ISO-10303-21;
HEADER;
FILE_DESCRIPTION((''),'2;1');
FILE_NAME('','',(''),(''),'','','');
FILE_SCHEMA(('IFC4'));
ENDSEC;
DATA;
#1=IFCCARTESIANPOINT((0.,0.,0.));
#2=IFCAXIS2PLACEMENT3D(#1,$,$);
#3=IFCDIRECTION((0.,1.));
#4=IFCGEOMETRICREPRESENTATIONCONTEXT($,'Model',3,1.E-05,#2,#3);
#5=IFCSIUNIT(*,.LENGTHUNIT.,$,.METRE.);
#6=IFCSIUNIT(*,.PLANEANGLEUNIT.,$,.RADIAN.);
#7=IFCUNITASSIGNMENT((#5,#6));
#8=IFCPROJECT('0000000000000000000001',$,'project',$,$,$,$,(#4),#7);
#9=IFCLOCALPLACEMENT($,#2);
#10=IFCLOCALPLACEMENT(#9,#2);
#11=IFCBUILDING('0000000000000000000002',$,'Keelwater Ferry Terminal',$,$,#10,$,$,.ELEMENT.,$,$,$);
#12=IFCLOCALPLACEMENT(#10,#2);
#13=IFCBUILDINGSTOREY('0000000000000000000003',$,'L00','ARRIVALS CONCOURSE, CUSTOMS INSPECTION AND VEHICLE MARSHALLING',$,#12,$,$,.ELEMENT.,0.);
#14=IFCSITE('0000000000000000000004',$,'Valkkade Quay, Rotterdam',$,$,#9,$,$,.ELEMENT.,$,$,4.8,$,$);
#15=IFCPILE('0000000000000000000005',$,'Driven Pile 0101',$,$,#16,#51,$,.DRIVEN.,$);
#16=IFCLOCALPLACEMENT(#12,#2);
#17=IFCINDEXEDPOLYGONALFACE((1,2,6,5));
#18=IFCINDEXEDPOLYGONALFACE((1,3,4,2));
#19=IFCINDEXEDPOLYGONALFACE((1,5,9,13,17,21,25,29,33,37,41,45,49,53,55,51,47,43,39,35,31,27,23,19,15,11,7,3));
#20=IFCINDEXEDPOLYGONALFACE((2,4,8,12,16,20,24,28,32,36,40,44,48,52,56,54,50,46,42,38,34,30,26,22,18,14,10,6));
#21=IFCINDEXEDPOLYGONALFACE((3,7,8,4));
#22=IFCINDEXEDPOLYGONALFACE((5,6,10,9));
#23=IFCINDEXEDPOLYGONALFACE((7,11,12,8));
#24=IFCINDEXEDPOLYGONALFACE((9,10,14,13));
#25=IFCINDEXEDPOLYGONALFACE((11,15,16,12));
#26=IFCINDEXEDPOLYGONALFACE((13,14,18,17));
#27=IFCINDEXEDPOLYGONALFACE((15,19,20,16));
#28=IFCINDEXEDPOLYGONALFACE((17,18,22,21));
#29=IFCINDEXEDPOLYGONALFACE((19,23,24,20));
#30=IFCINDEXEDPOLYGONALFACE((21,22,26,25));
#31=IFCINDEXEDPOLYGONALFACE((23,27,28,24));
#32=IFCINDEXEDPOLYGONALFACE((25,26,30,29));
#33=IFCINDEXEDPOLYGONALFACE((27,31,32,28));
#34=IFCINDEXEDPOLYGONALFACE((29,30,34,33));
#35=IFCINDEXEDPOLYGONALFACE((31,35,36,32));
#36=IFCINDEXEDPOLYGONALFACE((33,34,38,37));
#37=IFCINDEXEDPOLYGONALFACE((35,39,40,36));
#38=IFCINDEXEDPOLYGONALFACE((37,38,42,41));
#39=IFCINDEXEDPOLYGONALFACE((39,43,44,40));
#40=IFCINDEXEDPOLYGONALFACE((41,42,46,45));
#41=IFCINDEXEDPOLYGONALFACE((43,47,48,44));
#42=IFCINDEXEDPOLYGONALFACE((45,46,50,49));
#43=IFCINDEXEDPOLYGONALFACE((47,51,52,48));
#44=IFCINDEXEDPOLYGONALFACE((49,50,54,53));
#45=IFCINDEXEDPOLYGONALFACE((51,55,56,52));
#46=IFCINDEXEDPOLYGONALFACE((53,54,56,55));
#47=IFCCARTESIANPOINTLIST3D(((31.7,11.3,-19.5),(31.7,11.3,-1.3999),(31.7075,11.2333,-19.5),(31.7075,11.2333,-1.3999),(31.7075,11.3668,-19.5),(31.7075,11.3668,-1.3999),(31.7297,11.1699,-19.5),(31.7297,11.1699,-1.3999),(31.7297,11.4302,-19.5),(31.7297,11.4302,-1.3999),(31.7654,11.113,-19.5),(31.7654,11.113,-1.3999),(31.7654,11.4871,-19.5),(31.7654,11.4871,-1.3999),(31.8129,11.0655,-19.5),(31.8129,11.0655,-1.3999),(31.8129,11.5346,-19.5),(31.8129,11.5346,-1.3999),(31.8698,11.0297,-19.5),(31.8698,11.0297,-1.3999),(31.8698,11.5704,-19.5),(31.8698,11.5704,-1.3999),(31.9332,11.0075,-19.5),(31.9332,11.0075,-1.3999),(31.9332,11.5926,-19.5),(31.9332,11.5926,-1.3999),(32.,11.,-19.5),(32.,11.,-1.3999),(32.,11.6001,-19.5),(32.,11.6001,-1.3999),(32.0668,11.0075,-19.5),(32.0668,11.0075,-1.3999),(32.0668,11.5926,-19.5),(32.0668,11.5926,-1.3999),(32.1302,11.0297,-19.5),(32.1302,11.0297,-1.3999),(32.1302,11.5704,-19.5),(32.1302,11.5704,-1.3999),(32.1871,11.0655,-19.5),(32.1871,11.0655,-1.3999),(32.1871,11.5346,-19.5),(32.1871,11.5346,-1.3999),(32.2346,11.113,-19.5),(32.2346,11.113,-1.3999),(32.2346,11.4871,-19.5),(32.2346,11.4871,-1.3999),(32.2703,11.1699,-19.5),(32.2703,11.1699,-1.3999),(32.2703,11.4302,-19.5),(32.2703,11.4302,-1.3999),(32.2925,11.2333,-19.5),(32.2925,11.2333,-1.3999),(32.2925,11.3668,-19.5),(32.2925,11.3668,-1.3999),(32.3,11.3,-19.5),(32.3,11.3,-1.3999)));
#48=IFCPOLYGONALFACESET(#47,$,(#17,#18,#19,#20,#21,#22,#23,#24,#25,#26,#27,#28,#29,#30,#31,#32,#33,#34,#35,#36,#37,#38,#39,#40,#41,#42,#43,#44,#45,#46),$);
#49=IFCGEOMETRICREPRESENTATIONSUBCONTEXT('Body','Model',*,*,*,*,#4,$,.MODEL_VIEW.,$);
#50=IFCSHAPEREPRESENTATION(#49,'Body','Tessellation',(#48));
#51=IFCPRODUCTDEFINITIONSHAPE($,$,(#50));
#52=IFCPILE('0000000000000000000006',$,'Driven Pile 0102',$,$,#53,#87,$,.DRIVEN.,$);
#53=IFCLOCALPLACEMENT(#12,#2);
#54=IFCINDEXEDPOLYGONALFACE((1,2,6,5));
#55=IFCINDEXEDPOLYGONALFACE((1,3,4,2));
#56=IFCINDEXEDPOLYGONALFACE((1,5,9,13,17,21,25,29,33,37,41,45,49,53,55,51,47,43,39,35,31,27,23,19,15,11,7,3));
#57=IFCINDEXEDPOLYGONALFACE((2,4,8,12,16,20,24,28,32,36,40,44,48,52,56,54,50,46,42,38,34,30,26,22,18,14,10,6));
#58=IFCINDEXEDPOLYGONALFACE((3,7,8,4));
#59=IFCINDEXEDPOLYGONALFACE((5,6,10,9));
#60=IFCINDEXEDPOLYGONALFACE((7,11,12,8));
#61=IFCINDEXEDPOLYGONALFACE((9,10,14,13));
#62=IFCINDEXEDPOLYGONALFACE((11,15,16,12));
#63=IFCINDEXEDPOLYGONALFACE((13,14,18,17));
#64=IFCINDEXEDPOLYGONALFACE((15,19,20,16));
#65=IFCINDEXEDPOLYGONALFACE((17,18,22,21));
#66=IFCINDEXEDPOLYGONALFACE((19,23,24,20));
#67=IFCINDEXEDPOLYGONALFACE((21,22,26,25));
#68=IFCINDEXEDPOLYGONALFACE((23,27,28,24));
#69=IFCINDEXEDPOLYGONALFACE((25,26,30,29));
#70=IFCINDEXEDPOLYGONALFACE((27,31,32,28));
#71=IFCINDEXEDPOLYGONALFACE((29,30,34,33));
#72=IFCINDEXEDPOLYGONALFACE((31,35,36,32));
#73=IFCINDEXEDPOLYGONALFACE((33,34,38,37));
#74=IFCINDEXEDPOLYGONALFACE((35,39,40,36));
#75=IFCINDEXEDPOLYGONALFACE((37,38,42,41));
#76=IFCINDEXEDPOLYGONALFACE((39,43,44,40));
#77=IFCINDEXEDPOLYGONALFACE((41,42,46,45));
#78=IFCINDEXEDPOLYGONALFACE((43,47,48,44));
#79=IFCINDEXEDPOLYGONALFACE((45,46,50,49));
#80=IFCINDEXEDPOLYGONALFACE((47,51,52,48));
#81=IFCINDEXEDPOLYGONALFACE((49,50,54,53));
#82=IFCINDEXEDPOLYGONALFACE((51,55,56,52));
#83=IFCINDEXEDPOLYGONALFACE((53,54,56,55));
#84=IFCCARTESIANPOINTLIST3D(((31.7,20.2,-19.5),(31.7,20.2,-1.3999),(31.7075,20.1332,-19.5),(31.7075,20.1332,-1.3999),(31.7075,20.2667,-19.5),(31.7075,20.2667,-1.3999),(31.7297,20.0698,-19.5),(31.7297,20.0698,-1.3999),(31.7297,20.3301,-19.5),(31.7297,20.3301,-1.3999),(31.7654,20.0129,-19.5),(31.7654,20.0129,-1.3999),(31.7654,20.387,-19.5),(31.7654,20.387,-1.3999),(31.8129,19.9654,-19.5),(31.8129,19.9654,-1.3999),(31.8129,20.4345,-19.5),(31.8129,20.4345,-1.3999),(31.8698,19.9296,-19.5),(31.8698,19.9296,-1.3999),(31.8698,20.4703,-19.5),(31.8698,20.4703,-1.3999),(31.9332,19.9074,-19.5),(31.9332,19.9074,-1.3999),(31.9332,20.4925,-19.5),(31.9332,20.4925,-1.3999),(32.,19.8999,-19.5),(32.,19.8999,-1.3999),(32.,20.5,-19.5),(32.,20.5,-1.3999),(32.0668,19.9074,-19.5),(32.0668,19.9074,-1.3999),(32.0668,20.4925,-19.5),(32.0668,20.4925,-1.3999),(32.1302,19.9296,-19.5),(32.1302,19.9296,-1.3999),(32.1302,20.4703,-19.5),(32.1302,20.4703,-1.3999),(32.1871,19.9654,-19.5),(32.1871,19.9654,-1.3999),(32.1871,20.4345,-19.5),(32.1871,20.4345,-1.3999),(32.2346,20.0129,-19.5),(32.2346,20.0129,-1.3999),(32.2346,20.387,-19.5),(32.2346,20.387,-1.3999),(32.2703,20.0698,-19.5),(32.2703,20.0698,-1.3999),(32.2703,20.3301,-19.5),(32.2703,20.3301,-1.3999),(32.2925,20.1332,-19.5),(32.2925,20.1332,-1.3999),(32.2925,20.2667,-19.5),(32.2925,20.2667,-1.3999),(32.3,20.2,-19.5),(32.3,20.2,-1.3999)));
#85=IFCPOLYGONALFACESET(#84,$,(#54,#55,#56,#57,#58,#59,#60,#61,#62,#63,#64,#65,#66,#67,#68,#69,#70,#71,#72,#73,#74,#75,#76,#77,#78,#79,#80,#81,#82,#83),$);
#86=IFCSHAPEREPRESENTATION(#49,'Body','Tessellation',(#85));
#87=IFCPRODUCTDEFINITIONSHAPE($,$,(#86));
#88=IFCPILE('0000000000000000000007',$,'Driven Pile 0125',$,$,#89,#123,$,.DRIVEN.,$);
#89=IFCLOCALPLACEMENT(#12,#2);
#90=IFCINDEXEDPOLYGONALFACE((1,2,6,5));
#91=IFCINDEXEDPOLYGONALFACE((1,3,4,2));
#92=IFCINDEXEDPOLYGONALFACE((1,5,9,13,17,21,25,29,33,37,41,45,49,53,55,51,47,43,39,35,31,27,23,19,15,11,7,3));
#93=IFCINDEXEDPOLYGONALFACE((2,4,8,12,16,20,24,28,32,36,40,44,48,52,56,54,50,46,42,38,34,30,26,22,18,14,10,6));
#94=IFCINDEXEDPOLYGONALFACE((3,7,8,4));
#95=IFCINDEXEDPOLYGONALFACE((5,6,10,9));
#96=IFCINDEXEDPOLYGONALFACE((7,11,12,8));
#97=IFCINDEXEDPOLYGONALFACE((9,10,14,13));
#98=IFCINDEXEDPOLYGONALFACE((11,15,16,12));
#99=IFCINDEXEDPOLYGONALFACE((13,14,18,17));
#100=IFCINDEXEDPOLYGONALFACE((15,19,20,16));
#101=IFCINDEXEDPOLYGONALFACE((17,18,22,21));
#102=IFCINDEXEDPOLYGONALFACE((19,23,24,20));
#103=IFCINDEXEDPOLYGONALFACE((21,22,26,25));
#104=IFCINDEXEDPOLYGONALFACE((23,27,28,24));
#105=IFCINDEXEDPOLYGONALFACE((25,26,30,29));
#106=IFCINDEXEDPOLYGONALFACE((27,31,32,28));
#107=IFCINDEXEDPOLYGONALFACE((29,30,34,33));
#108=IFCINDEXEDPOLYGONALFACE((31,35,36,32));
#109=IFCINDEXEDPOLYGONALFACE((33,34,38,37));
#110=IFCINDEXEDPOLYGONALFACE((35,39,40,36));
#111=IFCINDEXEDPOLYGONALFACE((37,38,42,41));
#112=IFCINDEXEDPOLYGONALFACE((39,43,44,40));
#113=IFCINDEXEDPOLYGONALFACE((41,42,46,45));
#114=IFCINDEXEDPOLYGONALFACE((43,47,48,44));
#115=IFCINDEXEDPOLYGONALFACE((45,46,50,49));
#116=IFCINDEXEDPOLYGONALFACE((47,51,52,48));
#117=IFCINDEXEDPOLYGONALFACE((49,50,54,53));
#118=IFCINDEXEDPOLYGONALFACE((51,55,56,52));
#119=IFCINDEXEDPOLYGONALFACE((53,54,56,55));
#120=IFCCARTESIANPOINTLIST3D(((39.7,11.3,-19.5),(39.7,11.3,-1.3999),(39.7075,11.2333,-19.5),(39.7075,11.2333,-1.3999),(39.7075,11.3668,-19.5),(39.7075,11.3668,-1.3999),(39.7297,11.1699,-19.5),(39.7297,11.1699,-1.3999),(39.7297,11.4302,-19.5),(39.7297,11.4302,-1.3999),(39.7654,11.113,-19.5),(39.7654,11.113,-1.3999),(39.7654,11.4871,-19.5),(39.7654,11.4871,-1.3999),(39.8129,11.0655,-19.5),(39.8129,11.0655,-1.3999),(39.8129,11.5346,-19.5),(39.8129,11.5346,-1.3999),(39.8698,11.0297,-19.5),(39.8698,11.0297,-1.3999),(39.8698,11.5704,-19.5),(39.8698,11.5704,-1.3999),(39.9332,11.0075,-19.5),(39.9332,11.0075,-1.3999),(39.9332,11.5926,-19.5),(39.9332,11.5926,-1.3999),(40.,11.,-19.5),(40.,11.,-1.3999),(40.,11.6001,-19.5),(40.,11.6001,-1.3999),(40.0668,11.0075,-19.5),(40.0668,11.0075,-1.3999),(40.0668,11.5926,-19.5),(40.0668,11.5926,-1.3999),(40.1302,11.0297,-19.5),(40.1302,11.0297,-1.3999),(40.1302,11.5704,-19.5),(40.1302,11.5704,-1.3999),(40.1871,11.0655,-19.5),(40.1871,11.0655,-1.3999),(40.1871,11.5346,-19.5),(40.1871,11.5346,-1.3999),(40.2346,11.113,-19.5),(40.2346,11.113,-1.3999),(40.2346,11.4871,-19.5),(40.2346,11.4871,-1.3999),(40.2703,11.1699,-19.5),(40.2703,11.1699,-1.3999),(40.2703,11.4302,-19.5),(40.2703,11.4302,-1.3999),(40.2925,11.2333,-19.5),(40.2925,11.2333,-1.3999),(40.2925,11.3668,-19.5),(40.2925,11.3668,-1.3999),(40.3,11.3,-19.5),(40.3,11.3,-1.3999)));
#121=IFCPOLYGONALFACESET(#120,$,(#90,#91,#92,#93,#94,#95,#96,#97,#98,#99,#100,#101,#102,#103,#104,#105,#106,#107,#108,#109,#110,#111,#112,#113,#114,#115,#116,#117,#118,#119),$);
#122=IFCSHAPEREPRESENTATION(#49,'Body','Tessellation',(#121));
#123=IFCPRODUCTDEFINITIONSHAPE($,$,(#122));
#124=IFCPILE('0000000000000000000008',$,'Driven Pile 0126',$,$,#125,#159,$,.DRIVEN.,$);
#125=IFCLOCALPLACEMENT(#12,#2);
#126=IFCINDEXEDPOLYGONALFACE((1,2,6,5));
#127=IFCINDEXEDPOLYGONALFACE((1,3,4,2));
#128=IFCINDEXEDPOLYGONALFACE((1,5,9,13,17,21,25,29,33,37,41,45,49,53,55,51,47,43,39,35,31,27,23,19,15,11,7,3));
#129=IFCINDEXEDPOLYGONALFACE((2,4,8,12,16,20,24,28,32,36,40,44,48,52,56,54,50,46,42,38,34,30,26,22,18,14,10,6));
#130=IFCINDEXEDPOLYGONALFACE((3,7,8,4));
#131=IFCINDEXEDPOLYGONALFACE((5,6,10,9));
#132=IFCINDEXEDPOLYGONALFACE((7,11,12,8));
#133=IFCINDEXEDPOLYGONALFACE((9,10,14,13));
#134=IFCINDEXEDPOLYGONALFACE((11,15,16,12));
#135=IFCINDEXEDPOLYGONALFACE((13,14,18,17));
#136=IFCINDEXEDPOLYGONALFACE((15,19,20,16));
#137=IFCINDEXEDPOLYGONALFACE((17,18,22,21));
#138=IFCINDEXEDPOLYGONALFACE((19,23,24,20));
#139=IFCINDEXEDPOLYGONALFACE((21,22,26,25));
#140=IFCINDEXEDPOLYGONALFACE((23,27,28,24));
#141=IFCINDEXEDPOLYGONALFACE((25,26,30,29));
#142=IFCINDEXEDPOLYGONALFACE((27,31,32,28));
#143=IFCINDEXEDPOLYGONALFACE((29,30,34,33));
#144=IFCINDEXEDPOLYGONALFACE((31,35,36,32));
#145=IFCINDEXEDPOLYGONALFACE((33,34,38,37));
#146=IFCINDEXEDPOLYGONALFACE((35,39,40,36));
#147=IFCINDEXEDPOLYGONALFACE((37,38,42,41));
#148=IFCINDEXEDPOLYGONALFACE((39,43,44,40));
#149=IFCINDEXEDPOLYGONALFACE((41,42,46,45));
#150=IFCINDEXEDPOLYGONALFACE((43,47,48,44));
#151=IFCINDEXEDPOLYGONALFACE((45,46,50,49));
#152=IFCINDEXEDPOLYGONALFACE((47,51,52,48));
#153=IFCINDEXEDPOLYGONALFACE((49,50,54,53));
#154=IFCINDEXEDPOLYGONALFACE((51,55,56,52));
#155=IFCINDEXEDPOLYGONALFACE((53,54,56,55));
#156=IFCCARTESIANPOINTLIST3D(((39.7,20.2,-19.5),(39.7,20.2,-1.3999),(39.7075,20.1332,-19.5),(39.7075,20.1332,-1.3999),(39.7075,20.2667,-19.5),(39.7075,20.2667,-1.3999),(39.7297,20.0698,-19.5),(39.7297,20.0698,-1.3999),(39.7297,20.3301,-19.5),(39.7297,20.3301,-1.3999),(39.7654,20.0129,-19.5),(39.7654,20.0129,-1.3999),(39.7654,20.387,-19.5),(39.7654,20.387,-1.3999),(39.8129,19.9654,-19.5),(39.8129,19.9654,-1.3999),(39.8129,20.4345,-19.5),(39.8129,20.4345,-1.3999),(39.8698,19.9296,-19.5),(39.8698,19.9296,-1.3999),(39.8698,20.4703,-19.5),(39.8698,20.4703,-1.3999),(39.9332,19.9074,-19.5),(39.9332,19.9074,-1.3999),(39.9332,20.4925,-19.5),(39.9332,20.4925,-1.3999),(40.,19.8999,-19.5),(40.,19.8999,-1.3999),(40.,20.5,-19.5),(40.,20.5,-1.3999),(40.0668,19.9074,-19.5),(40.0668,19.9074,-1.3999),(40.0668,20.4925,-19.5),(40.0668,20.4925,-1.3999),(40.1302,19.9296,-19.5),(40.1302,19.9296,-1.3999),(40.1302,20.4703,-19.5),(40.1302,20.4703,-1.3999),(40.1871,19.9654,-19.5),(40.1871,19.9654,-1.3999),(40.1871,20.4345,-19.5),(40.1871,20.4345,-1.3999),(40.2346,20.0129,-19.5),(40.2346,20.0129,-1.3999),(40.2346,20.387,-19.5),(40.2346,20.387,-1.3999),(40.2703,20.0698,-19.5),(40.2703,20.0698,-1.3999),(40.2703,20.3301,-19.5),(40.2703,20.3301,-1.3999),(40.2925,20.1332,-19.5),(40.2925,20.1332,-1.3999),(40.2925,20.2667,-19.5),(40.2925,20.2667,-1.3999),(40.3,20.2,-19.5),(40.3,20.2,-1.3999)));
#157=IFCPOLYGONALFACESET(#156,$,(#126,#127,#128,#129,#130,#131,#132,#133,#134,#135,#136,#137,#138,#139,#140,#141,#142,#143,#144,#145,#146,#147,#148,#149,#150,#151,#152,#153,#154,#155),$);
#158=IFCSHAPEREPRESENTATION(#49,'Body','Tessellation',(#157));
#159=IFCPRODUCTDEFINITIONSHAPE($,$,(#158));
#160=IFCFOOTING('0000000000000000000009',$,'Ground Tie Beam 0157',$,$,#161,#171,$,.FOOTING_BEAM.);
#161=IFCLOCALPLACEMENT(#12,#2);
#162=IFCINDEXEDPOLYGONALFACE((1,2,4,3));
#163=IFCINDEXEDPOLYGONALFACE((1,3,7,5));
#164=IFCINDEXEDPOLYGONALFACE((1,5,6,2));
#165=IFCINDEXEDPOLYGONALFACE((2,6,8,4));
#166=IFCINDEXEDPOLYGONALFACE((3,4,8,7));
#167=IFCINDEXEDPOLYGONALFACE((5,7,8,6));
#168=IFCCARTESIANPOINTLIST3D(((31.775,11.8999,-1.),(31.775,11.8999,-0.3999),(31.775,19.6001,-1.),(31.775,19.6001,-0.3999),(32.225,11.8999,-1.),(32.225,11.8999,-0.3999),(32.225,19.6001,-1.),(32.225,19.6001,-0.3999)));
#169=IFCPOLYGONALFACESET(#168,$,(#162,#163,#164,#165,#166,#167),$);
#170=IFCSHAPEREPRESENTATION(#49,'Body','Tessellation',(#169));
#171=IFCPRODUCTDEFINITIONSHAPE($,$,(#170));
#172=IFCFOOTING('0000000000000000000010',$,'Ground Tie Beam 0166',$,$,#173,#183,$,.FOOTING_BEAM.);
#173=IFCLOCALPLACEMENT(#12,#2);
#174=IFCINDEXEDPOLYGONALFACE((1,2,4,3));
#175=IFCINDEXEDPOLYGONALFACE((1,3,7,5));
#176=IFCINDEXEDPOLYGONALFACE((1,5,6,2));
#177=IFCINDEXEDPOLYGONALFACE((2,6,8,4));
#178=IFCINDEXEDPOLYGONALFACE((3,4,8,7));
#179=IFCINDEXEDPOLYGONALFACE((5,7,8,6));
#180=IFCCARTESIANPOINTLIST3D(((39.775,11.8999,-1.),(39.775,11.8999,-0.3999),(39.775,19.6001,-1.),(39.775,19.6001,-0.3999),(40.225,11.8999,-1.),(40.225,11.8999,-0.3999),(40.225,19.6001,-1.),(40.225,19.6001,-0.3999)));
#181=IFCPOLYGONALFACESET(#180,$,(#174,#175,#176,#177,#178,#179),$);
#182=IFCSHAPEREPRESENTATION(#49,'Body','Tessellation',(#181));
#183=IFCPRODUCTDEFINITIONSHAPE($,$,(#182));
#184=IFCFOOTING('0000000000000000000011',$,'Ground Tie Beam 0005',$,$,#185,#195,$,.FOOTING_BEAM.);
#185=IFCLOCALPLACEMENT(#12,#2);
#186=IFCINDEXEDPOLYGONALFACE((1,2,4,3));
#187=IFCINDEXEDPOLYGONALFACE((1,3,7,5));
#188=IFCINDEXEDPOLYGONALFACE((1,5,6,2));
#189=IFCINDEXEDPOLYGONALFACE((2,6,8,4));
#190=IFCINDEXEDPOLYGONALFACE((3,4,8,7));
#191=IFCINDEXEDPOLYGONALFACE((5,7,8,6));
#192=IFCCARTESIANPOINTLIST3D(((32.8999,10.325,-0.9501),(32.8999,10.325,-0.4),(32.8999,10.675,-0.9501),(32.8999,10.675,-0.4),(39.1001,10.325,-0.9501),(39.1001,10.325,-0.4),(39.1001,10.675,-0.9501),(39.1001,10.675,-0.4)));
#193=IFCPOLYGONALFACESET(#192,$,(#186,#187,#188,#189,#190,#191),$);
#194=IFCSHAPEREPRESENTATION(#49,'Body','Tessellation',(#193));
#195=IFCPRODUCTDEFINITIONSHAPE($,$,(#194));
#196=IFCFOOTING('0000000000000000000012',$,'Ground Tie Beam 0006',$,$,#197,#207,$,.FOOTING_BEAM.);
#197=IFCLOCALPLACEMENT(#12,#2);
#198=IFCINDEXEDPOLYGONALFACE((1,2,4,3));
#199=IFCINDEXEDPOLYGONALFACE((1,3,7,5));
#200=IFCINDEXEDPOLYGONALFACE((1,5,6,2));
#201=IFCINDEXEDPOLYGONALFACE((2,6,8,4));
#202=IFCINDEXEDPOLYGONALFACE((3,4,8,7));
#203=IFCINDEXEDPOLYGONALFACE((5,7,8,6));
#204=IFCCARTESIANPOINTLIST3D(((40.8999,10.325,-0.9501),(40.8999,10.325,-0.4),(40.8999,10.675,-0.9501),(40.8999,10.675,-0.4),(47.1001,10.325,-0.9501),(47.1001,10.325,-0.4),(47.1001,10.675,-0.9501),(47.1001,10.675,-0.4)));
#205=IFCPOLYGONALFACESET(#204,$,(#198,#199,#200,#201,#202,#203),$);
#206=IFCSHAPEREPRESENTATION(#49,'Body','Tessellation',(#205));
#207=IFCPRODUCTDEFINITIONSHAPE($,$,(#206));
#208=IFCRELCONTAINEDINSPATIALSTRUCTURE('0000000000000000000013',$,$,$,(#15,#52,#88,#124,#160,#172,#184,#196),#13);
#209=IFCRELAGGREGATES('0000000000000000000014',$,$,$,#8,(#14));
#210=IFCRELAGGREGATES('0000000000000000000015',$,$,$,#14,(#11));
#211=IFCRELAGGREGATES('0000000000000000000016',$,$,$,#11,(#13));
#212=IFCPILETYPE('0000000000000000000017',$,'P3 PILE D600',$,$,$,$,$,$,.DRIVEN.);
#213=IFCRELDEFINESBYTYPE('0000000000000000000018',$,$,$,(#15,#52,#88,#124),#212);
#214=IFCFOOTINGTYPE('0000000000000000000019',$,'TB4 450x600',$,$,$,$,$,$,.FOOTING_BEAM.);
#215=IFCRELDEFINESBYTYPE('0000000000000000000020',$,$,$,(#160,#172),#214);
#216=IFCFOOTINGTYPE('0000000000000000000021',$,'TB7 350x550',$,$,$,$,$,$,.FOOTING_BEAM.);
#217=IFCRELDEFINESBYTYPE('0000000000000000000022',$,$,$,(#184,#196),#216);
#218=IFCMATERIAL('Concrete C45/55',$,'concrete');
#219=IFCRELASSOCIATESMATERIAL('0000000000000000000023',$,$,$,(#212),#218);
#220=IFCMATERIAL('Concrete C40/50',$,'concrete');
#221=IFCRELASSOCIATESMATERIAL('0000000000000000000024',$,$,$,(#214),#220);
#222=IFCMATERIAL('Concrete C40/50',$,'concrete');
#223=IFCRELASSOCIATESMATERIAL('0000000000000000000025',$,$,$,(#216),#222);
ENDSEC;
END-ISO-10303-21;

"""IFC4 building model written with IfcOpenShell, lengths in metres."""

from ifc_helpers import new_model, si_unit, direction, frame, origin, origin_2d, place, context, subcontext, project, spatial, rectangle, circle, extrude, material, material_profile, profile_set, type_object, element, save


model = new_model("IFC4")

# Units and contexts
model_context = context("Model", 3, precision=1e-05, world=origin(), true_north=direction((0.0, 1.0)))
body_context = subcontext(model_context, "Body", "Model", "MODEL_VIEW")
ifc_project = project(units=[si_unit("LENGTHUNIT", "METRE"), si_unit("PLANEANGLEUNIT", "RADIAN")], contexts=[model_context])

# Site, building, storey
site_placement = place(None, origin())
site = spatial("IfcSite", under=ifc_project, at=site_placement, Name="Valkkade Quay, Rotterdam", CompositionType="ELEMENT", RefElevation=4.8)
building_placement = place(site_placement, origin())
building = spatial("IfcBuilding", under=site, at=building_placement, Name="Keelwater Ferry Terminal", CompositionType="ELEMENT")
storey_placement = place(building_placement, origin())
storey = spatial("IfcBuildingStorey", under=building, at=storey_placement, Name="L00", Description="ARRIVALS CONCOURSE, CUSTOMS INSPECTION AND VEHICLE MARSHALLING", CompositionType="ELEMENT", Elevation=0.0)

# Piles
ifc_material_1 = material(Name="Concrete C45/55", Category="concrete")
ifc_material_profile_1 = material_profile(ifc_material_1, circle(Radius=0.3, at=origin_2d()), Name="PILE D600")
ifc_profile_set_1 = profile_set([ifc_material_profile_1], Name="Concrete C45/55")
pile_type = type_object("IfcPileType", Name="P3 PILE D600", PredefinedType="DRIVEN", material=ifc_profile_set_1)
for number, where, z_axis, x_axis, name in (
    (1, (32.0, 11.3, -1.3999), (0.0, 0.0, -1.0), (1.0, 0.0, 0.0), "Driven Pile 0101"),
    (2, (32.0, 20.2, -1.3999), (0.0, 0.0, -1.0), (1.0, 0.0, 0.0), "Driven Pile 0102"),
    (3, (40.0, 11.3, -1.3999), (0.0, 0.0, -1.0), (1.0, 0.0, 0.0), "Driven Pile 0125"),
    (4, (40.0, 20.2, -1.3999), (0.0, 0.0, -1.0), (1.0, 0.0, 0.0), "Driven Pile 0126"),
):
    element("IfcPile", number, at=place(storey_placement, frame(where, z_axis=z_axis, x_axis=x_axis)), inside=storey, type_object=pile_type, Name=name, PredefinedType="DRIVEN", context=body_context, shape_type="SweptSolid", body=[
        extrude(circle(Radius=0.3, at=origin_2d()), origin(), (0.0, 0.0, 1.0), 18.1001),
    ])

# Footings
ifc_material_2 = material(Name="Concrete C40/50", Category="concrete")
ifc_material_profile_2 = material_profile(ifc_material_2, rectangle(XDim=0.45, YDim=0.6001, at=origin_2d()), Name="TB 450x600")
ifc_profile_set_2 = profile_set([ifc_material_profile_2], Name="Concrete C40/50")
footing_type_1 = type_object("IfcFootingType", Name="TB4 450x600", PredefinedType="FOOTING_BEAM", material=ifc_profile_set_2)
for number, where, z_axis, x_axis, name in (
    (5, (32.0, 11.8999, -0.7), (0.0, 1.0, 0.0), (-1.0, 0.0, 0.0), "Ground Tie Beam 0157"),
    (6, (40.0, 11.8999, -0.7), (0.0, 1.0, 0.0), (-1.0, 0.0, 0.0), "Ground Tie Beam 0166"),
):
    element("IfcFooting", number, at=place(storey_placement, frame(where, z_axis=z_axis, x_axis=x_axis)), inside=storey, type_object=footing_type_1, Name=name, PredefinedType="FOOTING_BEAM", context=body_context, shape_type="SweptSolid", body=[
        extrude(rectangle(XDim=0.45, YDim=0.6001, at=origin_2d()), origin(), (0.0, 0.0, 1.0), 7.7002),
    ])
ifc_material_3 = material(Name="Concrete C40/50", Category="concrete")
ifc_material_profile_3 = material_profile(ifc_material_3, rectangle(XDim=0.3501, YDim=0.55, at=origin_2d()), Name="TB 350x550")
ifc_profile_set_3 = profile_set([ifc_material_profile_3], Name="Concrete C40/50")
footing_type_2 = type_object("IfcFootingType", Name="TB7 350x550", PredefinedType="FOOTING_BEAM", material=ifc_profile_set_3)
for number, where, z_axis, x_axis, name in (
    (7, (32.8999, 10.5, -0.675), (1.0, 0.0, 0.0), (0.0, 1.0, 0.0), "Ground Tie Beam 0005"),
    (8, (40.8999, 10.5, -0.675), (1.0, 0.0, 0.0), (0.0, 1.0, 0.0), "Ground Tie Beam 0006"),
):
    element("IfcFooting", number, at=place(storey_placement, frame(where, z_axis=z_axis, x_axis=x_axis)), inside=storey, type_object=footing_type_2, Name=name, PredefinedType="FOOTING_BEAM", context=body_context, shape_type="SweptSolid", body=[
        extrude(rectangle(XDim=0.3501, YDim=0.55, at=origin_2d()), origin(), (0.0, 0.0, 1.0), 6.2002),
    ])

save(model, "model.ifc")
